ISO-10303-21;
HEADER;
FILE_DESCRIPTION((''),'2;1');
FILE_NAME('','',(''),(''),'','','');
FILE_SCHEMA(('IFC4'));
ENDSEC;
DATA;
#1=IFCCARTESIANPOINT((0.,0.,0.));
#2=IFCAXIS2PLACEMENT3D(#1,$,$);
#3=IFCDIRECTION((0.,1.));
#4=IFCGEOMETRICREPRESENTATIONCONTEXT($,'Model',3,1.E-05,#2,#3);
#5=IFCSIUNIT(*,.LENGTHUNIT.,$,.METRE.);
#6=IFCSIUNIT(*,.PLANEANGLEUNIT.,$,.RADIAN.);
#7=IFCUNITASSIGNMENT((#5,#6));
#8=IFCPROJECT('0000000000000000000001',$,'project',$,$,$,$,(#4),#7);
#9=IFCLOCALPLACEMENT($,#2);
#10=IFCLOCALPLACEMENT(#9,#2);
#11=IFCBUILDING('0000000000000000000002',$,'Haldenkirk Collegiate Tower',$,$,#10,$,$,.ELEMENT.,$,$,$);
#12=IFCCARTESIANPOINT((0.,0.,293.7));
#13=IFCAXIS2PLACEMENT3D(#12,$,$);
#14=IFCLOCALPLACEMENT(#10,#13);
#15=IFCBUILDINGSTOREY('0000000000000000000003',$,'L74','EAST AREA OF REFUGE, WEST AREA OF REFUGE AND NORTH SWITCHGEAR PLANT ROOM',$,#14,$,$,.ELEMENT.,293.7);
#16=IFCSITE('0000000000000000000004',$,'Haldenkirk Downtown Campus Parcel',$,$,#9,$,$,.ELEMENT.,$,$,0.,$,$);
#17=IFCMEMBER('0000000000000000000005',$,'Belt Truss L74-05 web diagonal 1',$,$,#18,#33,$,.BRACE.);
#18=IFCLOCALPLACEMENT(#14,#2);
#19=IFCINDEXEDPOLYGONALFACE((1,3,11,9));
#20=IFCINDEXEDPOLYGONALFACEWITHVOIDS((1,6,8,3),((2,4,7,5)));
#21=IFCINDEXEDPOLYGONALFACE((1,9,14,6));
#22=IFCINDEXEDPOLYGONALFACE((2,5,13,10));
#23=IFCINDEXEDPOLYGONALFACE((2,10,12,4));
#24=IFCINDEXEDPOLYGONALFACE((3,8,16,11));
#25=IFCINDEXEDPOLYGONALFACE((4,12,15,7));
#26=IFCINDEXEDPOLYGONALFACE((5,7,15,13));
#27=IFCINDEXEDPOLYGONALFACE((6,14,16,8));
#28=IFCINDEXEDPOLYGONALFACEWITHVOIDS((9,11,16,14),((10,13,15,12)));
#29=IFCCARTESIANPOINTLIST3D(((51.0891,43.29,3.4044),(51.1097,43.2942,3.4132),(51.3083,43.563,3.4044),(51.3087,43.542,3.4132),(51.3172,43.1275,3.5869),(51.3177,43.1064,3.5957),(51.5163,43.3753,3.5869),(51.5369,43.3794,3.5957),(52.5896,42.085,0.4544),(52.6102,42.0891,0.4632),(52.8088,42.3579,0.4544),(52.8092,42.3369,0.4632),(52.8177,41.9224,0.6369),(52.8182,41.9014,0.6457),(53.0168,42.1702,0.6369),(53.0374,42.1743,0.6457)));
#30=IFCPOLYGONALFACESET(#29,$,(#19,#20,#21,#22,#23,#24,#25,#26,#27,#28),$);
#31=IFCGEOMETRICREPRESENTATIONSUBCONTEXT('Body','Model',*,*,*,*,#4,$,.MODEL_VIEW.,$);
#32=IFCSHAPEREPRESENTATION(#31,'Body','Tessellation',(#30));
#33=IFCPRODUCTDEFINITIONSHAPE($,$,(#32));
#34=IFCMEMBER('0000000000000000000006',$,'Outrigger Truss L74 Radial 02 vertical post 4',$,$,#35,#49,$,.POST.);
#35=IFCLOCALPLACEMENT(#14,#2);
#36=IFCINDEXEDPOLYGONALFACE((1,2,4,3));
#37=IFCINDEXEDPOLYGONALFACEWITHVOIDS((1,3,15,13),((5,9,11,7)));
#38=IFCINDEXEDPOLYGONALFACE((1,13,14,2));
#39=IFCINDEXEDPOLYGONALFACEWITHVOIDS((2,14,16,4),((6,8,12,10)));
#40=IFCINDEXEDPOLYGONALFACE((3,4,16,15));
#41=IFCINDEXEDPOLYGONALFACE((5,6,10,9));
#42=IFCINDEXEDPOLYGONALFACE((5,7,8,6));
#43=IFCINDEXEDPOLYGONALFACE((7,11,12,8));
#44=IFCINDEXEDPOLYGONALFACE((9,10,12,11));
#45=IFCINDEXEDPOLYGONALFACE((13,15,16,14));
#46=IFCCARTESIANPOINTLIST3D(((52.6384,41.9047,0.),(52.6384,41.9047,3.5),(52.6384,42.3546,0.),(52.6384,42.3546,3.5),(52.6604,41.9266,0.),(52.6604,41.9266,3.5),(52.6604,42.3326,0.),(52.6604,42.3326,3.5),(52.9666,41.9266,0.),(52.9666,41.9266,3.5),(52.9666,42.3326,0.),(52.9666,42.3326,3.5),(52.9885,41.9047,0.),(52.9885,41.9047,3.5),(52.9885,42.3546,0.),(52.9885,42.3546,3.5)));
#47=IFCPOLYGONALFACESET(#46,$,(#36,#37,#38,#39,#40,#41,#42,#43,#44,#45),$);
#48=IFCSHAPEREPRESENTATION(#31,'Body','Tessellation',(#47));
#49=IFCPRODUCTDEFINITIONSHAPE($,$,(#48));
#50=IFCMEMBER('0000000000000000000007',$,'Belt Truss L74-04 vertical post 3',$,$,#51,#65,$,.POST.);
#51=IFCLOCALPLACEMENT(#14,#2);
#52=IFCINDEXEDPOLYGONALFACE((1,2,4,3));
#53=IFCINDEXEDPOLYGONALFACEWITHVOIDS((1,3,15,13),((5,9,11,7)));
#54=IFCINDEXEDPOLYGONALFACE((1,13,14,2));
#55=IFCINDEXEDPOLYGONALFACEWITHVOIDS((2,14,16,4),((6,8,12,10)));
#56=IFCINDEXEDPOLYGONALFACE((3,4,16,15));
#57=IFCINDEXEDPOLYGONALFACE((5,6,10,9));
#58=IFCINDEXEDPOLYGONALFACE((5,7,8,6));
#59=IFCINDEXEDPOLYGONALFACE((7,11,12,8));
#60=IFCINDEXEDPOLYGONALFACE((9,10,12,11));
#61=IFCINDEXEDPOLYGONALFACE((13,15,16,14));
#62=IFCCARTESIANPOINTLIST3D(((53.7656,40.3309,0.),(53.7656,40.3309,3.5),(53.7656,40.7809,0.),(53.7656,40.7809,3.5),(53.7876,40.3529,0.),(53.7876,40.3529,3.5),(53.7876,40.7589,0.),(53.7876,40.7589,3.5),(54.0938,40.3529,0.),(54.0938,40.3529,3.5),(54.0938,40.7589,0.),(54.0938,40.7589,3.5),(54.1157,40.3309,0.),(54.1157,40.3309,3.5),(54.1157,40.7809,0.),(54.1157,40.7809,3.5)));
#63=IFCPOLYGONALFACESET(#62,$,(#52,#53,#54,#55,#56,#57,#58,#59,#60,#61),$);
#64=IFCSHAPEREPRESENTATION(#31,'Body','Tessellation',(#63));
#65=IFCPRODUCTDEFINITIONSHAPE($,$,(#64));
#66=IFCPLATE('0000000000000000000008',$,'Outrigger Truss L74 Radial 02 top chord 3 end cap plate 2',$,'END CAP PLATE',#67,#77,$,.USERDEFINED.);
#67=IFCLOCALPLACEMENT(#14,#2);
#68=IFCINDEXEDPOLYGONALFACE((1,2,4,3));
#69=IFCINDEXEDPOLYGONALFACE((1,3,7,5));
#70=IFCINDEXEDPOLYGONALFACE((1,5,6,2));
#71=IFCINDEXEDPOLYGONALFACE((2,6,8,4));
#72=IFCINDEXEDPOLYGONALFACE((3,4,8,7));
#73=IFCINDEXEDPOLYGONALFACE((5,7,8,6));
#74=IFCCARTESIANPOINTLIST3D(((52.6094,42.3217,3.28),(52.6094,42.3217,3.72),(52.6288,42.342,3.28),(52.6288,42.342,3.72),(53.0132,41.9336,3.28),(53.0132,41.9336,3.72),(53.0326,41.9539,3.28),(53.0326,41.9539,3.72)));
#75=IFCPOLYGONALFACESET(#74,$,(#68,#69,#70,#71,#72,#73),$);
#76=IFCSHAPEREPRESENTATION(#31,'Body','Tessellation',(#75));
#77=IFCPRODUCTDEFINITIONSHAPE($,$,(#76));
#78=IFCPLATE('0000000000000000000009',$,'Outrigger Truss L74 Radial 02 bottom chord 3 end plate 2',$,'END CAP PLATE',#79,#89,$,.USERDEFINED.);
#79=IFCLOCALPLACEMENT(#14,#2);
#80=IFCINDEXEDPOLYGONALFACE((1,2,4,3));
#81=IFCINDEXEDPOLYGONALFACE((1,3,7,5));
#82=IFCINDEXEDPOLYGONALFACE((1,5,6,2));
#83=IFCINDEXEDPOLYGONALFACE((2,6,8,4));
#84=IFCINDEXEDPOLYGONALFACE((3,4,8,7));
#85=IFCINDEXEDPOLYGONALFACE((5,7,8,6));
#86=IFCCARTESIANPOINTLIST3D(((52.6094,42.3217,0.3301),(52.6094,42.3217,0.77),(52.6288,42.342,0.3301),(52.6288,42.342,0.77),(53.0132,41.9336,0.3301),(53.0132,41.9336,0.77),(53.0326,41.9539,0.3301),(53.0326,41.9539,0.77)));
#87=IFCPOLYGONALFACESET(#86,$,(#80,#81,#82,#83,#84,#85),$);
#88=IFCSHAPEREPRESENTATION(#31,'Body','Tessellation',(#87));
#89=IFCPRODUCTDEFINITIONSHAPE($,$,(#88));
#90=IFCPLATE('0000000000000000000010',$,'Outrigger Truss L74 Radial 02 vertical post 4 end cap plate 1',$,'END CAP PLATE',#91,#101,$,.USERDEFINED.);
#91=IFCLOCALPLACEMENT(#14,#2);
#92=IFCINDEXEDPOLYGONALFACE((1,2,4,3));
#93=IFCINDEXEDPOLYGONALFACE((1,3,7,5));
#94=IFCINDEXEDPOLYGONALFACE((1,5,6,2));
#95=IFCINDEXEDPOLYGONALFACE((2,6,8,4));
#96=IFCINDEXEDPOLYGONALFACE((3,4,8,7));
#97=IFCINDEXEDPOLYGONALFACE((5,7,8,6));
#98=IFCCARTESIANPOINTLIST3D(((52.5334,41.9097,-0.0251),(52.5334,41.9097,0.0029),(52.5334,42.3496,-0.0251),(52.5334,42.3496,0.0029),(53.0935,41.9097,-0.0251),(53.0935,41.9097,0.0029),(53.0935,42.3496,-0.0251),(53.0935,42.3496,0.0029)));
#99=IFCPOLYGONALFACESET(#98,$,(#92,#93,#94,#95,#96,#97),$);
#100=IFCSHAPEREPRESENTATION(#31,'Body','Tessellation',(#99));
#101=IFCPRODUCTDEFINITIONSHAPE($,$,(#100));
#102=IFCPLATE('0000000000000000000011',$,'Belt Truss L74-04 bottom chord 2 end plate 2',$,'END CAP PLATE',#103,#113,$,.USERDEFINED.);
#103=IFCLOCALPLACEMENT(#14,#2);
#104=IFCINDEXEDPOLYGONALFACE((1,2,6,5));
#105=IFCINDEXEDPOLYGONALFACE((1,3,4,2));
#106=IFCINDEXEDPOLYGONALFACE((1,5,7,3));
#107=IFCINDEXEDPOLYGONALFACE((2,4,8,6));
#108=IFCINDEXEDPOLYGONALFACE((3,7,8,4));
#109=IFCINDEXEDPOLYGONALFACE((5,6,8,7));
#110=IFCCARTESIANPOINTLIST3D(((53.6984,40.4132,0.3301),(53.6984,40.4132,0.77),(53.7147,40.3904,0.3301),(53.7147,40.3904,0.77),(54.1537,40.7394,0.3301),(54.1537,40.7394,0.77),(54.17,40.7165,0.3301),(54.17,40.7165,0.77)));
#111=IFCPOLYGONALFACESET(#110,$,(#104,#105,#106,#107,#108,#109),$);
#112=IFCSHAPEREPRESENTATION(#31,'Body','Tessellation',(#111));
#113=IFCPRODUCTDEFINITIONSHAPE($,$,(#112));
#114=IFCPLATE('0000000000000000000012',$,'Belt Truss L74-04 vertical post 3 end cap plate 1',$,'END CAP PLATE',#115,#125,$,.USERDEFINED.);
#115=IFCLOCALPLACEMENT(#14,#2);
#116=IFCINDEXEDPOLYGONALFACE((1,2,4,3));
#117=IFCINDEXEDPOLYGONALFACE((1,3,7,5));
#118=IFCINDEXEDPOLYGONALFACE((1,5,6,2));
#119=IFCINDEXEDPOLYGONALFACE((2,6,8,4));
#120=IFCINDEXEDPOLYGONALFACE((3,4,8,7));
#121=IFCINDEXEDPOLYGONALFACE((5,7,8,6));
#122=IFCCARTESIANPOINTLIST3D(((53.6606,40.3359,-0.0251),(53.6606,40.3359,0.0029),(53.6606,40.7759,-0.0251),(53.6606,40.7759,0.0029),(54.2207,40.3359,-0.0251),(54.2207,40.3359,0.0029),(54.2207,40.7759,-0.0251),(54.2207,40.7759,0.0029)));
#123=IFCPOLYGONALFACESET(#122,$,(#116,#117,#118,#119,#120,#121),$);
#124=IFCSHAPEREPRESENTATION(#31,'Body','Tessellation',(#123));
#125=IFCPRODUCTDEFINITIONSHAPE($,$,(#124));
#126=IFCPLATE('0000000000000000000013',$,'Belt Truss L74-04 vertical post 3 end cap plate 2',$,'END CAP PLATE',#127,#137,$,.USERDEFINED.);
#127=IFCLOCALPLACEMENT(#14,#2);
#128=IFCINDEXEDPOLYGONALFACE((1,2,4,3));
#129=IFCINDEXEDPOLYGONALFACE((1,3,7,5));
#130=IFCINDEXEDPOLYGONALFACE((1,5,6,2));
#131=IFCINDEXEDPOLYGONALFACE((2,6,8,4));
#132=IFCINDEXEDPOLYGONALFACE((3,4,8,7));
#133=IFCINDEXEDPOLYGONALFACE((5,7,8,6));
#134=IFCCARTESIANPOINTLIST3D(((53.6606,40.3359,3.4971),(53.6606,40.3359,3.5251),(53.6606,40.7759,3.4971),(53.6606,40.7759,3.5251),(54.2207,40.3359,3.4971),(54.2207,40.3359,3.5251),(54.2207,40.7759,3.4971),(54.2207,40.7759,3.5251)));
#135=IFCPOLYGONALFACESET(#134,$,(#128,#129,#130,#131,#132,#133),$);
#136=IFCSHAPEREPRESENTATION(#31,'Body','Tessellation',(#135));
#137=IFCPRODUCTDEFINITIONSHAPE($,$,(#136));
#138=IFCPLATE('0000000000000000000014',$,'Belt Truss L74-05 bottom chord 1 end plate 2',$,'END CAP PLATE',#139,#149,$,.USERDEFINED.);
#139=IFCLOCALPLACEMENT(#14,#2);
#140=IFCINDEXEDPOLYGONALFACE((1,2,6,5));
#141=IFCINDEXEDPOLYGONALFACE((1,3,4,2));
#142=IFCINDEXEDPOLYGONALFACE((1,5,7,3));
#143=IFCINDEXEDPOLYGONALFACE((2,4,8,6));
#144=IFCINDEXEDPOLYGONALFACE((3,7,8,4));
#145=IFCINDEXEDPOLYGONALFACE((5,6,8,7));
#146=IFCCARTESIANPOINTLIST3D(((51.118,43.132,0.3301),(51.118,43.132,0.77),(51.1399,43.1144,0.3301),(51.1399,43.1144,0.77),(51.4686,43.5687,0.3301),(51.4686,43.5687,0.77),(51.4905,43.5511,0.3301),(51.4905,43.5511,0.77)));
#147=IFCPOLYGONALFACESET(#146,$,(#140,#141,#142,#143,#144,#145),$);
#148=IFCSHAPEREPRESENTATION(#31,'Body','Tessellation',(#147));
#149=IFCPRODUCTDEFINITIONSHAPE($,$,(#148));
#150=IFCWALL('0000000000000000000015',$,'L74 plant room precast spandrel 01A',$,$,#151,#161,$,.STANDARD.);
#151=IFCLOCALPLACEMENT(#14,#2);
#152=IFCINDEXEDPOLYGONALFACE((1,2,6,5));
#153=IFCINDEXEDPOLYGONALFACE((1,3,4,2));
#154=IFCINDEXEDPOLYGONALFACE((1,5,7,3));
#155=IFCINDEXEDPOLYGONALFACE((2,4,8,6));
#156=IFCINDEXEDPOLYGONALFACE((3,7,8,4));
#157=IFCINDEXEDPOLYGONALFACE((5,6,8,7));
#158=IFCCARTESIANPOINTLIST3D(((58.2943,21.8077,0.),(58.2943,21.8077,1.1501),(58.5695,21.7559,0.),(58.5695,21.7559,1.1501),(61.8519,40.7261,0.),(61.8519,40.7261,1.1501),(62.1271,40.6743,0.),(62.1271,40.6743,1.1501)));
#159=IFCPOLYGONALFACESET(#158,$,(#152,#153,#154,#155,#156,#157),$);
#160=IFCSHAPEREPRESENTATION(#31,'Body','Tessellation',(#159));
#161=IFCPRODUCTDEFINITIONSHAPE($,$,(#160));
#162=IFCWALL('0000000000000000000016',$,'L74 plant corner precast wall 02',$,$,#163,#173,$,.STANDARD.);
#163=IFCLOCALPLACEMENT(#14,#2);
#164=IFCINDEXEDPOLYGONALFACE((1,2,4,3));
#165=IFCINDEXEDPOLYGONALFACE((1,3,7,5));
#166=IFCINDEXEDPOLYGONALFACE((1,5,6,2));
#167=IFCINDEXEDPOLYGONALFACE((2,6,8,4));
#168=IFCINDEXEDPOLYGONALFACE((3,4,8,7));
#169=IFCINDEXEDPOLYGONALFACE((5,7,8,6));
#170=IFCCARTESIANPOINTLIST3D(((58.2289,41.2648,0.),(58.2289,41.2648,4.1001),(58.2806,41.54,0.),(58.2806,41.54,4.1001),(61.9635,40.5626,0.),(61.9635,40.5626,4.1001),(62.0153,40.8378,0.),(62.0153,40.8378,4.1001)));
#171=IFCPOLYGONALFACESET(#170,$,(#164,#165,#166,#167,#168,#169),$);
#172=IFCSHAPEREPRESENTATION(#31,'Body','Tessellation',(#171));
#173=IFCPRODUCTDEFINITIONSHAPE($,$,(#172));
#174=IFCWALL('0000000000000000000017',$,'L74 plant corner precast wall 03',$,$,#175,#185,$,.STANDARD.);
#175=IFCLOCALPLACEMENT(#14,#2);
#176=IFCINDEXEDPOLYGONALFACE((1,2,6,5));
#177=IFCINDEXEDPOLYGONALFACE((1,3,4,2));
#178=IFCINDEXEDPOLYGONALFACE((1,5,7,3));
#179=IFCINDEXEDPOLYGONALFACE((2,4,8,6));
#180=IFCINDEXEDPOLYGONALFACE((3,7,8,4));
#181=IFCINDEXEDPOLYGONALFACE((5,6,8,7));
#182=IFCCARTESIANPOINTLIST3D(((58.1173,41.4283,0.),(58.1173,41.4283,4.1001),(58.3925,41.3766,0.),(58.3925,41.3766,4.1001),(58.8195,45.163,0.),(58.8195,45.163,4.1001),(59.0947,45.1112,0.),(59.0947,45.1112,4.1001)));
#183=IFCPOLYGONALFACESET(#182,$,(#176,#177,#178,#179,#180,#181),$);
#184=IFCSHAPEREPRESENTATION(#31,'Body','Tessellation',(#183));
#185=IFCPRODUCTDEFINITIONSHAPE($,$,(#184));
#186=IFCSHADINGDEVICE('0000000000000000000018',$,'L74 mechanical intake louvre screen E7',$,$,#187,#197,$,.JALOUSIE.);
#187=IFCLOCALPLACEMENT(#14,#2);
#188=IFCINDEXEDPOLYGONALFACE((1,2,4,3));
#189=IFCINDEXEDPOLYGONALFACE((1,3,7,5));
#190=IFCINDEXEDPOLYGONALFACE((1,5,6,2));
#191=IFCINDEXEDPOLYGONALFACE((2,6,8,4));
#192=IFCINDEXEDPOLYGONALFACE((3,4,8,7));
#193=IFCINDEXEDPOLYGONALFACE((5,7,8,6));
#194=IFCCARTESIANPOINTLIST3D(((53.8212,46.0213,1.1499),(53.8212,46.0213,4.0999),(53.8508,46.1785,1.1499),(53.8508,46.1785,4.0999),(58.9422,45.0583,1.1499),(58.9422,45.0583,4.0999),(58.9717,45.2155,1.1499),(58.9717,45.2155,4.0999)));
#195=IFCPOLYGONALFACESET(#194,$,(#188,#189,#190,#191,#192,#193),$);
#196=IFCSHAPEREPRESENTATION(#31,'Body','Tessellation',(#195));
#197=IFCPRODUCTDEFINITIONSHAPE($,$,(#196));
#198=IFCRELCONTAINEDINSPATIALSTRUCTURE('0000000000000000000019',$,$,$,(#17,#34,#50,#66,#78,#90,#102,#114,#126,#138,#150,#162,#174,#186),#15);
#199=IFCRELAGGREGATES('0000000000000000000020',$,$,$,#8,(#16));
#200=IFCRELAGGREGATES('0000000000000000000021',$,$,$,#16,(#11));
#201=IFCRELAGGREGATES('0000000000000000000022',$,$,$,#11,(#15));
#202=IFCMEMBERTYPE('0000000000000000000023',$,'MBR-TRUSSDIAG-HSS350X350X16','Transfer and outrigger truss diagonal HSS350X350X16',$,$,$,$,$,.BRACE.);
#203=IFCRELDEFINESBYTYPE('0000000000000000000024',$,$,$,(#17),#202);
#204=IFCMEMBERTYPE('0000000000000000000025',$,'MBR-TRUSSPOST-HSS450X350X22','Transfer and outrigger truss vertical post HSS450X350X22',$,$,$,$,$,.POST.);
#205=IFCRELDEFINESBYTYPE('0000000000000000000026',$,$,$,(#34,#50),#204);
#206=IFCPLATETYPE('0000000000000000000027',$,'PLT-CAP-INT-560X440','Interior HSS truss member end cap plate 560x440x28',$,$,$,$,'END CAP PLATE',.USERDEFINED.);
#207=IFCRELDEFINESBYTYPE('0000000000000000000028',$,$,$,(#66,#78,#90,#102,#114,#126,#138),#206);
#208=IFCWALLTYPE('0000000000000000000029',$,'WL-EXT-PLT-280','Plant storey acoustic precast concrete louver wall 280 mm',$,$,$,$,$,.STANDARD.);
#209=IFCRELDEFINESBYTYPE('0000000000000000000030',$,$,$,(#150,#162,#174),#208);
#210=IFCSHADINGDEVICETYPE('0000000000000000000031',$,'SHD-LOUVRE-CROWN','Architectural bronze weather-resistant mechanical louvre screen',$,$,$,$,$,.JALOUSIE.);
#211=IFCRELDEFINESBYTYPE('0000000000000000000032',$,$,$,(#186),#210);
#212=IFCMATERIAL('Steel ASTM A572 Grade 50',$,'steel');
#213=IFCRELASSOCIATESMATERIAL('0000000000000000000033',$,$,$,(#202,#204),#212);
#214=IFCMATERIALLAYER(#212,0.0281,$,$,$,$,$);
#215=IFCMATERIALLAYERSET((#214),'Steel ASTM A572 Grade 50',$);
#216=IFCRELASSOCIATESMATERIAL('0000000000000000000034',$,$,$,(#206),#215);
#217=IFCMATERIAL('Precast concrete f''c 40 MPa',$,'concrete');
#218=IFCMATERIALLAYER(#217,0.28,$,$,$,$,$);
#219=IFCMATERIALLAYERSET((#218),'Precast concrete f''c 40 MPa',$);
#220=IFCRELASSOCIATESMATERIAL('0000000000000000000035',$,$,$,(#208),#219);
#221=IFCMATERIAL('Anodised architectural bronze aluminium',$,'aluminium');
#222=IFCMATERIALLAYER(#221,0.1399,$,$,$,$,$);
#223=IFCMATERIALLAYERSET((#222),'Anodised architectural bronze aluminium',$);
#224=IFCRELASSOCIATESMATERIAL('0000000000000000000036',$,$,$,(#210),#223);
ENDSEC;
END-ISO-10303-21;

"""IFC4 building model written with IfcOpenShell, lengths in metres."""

from ifc_helpers import new_model, si_unit, direction, frame, frame_2d, origin, origin_2d, place, context, subcontext, project, spatial, rectangle, hollow_rectangle, extrude, source, transform, mapped, material, layer, layer_set, material_profile, profile_set, type_object, element, save


model = new_model("IFC4")

# Units and contexts
model_context = context("Model", 3, precision=1e-05, world=origin(), true_north=direction((0.0, 1.0)))
body_context = subcontext(model_context, "Body", "Model", "MODEL_VIEW")
ifc_project = project(units=[si_unit("LENGTHUNIT", "METRE"), si_unit("PLANEANGLEUNIT", "RADIAN")], contexts=[model_context])

# Site, building, storey
site_placement = place(None, origin())
site = spatial("IfcSite", under=ifc_project, at=site_placement, Name="Haldenkirk Downtown Campus Parcel", CompositionType="ELEMENT", RefElevation=0.0)
building_placement = place(site_placement, origin())
building = spatial("IfcBuilding", under=site, at=building_placement, Name="Haldenkirk Collegiate Tower", CompositionType="ELEMENT")
storey_placement = place(building_placement, frame((0.0, 0.0, 293.7)))
storey = spatial("IfcBuildingStorey", under=building, at=storey_placement, Name="L74", Description="EAST AREA OF REFUGE, WEST AREA OF REFUGE AND NORTH SWITCHGEAR PLANT ROOM", CompositionType="ELEMENT", Elevation=293.7)

# Members
ifc_material_1 = material(Name="Steel ASTM A572 Grade 50", Category="steel")
ifc_material_profile_1 = material_profile(ifc_material_1, hollow_rectangle(XDim=0.3501, YDim=0.3501, WallThickness=0.0161, at=origin_2d()), Name="HSS350X350X16")
ifc_profile_set_1 = profile_set([ifc_material_profile_1], Name="Steel ASTM A572 Grade 50")
member_type_1 = type_object("IfcMemberType", Name="MBR-TRUSSDIAG-HSS350X350X16", Description="Transfer and outrigger truss diagonal HSS350X350X16", PredefinedType="BRACE", material=ifc_profile_set_1)
member_1_placement = place(storey_placement, frame((52.8135, 42.1296, 0.55), z_axis=(-0.426009, 0.342138, 0.837531), x_axis=(-0.626179, -0.779679, 0.0)))
element("IfcMember", 1, at=member_1_placement, inside=storey, type_object=member_type_1, Name="Belt Truss L74-05 web diagonal 1", PredefinedType="BRACE", context=body_context, shape_type="SweptSolid", body=[
    extrude(hollow_rectangle(XDim=0.3501, YDim=0.3501, WallThickness=0.0161, at=origin_2d()), origin(), (0.0, 0.0, 1.0), 3.5222),
])
ifc_material_profile_2 = material_profile(ifc_material_1, hollow_rectangle(XDim=0.3501, YDim=0.45, WallThickness=0.022, at=origin_2d()), Name="HSS450X350X22")
ifc_profile_set_2 = profile_set([ifc_material_profile_2], Name="Steel ASTM A572 Grade 50")
member_type_2 = type_object("IfcMemberType", Name="MBR-TRUSSPOST-HSS450X350X22", Description="Transfer and outrigger truss vertical post HSS450X350X22", PredefinedType="POST", material=ifc_profile_set_2)
for number, where, z_axis, x_axis, name in (
    (2, (52.8135, 42.1296, 0.0), (0.0, 0.0, 1.0), (1.0, 0.0, 0.0), "Outrigger Truss L74 Radial 02 vertical post 4"),
    (3, (53.9407, 40.5559, 0.0), (0.0, 0.0, 1.0), (1.0, 0.0, 0.0), "Belt Truss L74-04 vertical post 3"),
):
    element("IfcMember", number, at=place(storey_placement, frame(where, z_axis=z_axis, x_axis=x_axis)), inside=storey, type_object=member_type_2, Name=name, PredefinedType="POST", context=body_context, shape_type="SweptSolid", body=[
        extrude(hollow_rectangle(XDim=0.3501, YDim=0.45, WallThickness=0.022, at=origin_2d()), origin(), (0.0, 0.0, 1.0), 3.5),
    ])

# Plates
ifc_layer_1 = layer(ifc_material_1, 0.0281)
ifc_layer_set_1 = layer_set([ifc_layer_1], Name="Steel ASTM A572 Grade 50")
plate_type = type_object("IfcPlateType", Name="PLT-CAP-INT-560X440", Description="Interior HSS truss member end cap plate 560x440x28", ElementType="END CAP PLATE", PredefinedType="USERDEFINED", material=ifc_layer_set_1)
shared_shape_1 = source(origin(), body_context, "Body", "SweptSolid", [
    extrude(rectangle(XDim=0.5601, YDim=0.4399, at=origin_2d()), origin(), (0.0, 0.0, 1.0), 0.0281),
])
for number, where, z_axis, x_axis, name in (
    (4, (52.8113, 42.1277, 3.5), (0.692951, 0.720985, 0.0), (-0.720985, 0.692951, 0.0), "Outrigger Truss L74 Radial 02 top chord 3 end cap plate 2"),
    (5, (52.8113, 42.1277, 0.55), (0.692946, 0.720989, 0.0), (-0.720989, 0.692946, 0.0), "Outrigger Truss L74 Radial 02 bottom chord 3 end plate 2"),
    (6, (52.8135, 42.1296, 0.0029), (0.0, 0.0, -1.0), (1.0, 0.0, 0.0), "Outrigger Truss L74 Radial 02 vertical post 4 end cap plate 1"),
    (7, (53.9424, 40.5535, 0.55), (-0.582319, 0.81296, 0.0), (-0.81296, -0.582319, 0.0), "Belt Truss L74-04 bottom chord 2 end plate 2"),
    (8, (53.9407, 40.5559, 0.0029), (0.0, 0.0, -1.0), (1.0, 0.0, 0.0), "Belt Truss L74-04 vertical post 3 end cap plate 1"),
    (9, (53.9407, 40.5559, 3.4971), (0.0, 0.0, 1.0), (1.0, 0.0, 0.0), "Belt Truss L74-04 vertical post 3 end cap plate 2"),
    (10, (51.3152, 43.3328, 0.55), (-0.77972, 0.626128, 0.0), (-0.626128, -0.77972, 0.0), "Belt Truss L74-05 bottom chord 1 end plate 2"),
):
    element("IfcPlate", number, at=place(storey_placement, frame(where, z_axis=z_axis, x_axis=x_axis)), inside=storey, type_object=plate_type, Name=name, ObjectType="END CAP PLATE", PredefinedType="USERDEFINED", context=body_context, shape_type="MappedRepresentation", body=[
        mapped(shared_shape_1, transform((0.0, 0.0, 0.0), x_axis=(1.0, 0.0, 0.0), y_axis=(0.0, 1.0, 0.0), z_axis=(0.0, 0.0, 1.0), scale=1.0)),
    ])

# Walls
ifc_material_2 = material(Name="Precast concrete f'c 40 MPa", Category="concrete")
ifc_layer_2 = layer(ifc_material_2, 0.28)
ifc_layer_set_2 = layer_set([ifc_layer_2], Name="Precast concrete f'c 40 MPa")
wall_type = type_object("IfcWallType", Name="WL-EXT-PLT-280", Description="Plant storey acoustic precast concrete louver wall 280 mm", PredefinedType="STANDARD", material=ifc_layer_set_2)
wall_placement = place(storey_placement, frame((61.9895, 40.7002, 0.0), z_axis=(0.0, 0.0, 1.0), x_axis=(-0.184811, -0.982774, 0.0)))
element("IfcWall", 11, at=wall_placement, inside=storey, type_object=wall_type, Name="L74 plant room precast spandrel 01A", PredefinedType="STANDARD", context=body_context, shape_type="SweptSolid", body=[
    extrude(rectangle(XDim=19.25, YDim=0.28, at=frame_2d((9.625, 0.0))), origin(), (0.0, 0.0, 1.0), 1.1501),
])
for number, where, z_axis, x_axis, name in (
    (12, (58.2549, 41.4023, 0.0), (0.0, 0.0, 1.0), (0.982781, -0.184773, 0.0), "L74 plant corner precast wall 02"),
    (13, (58.957, 45.137, 0.0), (0.0, 0.0, 1.0), (-0.184773, -0.982781, 0.0), "L74 plant corner precast wall 03"),
):
    element("IfcWall", number, at=place(storey_placement, frame(where, z_axis=z_axis, x_axis=x_axis)), inside=storey, type_object=wall_type, Name=name, PredefinedType="STANDARD", context=body_context, shape_type="SweptSolid", body=[
        extrude(rectangle(XDim=3.8, YDim=0.28, at=frame_2d((1.8999, 0.0))), origin(), (0.0, 0.0, 1.0), 4.1001),
    ])

# Shading device
ifc_material_3 = material(Name="Anodised architectural bronze aluminium", Category="aluminium")
ifc_layer_3 = layer(ifc_material_3, 0.1399)
ifc_layer_set_3 = layer_set([ifc_layer_3], Name="Anodised architectural bronze aluminium")
shading_device_type = type_object("IfcShadingDeviceType", Name="SHD-LOUVRE-CROWN", Description="Architectural bronze weather-resistant mechanical louvre screen", PredefinedType="JALOUSIE", material=ifc_layer_set_3)
shared_shape_2 = source(origin(), body_context, "Body", "SweptSolid", [
    extrude(rectangle(XDim=5.2107, YDim=0.1599, at=origin_2d()), origin(), (0.0, 0.0, 1.0), 2.95),
])
shading_device_placement = place(storey_placement, frame((56.3965, 45.6184, 1.1499), z_axis=(0.0, 0.0, 1.0), x_axis=(0.982774, -0.184809, 0.0)))
element("IfcShadingDevice", 14, at=shading_device_placement, inside=storey, type_object=shading_device_type, Name="L74 mechanical intake louvre screen E7", PredefinedType="JALOUSIE", context=body_context, shape_type="MappedRepresentation", body=[
    mapped(shared_shape_2, transform((0.0, 0.0, 0.0), x_axis=(1.0, 0.0, 0.0), y_axis=(0.0, 1.0, 0.0), z_axis=(0.0, 0.0, 1.0), scale=1.0)),
])

save(model, "model.ifc")
